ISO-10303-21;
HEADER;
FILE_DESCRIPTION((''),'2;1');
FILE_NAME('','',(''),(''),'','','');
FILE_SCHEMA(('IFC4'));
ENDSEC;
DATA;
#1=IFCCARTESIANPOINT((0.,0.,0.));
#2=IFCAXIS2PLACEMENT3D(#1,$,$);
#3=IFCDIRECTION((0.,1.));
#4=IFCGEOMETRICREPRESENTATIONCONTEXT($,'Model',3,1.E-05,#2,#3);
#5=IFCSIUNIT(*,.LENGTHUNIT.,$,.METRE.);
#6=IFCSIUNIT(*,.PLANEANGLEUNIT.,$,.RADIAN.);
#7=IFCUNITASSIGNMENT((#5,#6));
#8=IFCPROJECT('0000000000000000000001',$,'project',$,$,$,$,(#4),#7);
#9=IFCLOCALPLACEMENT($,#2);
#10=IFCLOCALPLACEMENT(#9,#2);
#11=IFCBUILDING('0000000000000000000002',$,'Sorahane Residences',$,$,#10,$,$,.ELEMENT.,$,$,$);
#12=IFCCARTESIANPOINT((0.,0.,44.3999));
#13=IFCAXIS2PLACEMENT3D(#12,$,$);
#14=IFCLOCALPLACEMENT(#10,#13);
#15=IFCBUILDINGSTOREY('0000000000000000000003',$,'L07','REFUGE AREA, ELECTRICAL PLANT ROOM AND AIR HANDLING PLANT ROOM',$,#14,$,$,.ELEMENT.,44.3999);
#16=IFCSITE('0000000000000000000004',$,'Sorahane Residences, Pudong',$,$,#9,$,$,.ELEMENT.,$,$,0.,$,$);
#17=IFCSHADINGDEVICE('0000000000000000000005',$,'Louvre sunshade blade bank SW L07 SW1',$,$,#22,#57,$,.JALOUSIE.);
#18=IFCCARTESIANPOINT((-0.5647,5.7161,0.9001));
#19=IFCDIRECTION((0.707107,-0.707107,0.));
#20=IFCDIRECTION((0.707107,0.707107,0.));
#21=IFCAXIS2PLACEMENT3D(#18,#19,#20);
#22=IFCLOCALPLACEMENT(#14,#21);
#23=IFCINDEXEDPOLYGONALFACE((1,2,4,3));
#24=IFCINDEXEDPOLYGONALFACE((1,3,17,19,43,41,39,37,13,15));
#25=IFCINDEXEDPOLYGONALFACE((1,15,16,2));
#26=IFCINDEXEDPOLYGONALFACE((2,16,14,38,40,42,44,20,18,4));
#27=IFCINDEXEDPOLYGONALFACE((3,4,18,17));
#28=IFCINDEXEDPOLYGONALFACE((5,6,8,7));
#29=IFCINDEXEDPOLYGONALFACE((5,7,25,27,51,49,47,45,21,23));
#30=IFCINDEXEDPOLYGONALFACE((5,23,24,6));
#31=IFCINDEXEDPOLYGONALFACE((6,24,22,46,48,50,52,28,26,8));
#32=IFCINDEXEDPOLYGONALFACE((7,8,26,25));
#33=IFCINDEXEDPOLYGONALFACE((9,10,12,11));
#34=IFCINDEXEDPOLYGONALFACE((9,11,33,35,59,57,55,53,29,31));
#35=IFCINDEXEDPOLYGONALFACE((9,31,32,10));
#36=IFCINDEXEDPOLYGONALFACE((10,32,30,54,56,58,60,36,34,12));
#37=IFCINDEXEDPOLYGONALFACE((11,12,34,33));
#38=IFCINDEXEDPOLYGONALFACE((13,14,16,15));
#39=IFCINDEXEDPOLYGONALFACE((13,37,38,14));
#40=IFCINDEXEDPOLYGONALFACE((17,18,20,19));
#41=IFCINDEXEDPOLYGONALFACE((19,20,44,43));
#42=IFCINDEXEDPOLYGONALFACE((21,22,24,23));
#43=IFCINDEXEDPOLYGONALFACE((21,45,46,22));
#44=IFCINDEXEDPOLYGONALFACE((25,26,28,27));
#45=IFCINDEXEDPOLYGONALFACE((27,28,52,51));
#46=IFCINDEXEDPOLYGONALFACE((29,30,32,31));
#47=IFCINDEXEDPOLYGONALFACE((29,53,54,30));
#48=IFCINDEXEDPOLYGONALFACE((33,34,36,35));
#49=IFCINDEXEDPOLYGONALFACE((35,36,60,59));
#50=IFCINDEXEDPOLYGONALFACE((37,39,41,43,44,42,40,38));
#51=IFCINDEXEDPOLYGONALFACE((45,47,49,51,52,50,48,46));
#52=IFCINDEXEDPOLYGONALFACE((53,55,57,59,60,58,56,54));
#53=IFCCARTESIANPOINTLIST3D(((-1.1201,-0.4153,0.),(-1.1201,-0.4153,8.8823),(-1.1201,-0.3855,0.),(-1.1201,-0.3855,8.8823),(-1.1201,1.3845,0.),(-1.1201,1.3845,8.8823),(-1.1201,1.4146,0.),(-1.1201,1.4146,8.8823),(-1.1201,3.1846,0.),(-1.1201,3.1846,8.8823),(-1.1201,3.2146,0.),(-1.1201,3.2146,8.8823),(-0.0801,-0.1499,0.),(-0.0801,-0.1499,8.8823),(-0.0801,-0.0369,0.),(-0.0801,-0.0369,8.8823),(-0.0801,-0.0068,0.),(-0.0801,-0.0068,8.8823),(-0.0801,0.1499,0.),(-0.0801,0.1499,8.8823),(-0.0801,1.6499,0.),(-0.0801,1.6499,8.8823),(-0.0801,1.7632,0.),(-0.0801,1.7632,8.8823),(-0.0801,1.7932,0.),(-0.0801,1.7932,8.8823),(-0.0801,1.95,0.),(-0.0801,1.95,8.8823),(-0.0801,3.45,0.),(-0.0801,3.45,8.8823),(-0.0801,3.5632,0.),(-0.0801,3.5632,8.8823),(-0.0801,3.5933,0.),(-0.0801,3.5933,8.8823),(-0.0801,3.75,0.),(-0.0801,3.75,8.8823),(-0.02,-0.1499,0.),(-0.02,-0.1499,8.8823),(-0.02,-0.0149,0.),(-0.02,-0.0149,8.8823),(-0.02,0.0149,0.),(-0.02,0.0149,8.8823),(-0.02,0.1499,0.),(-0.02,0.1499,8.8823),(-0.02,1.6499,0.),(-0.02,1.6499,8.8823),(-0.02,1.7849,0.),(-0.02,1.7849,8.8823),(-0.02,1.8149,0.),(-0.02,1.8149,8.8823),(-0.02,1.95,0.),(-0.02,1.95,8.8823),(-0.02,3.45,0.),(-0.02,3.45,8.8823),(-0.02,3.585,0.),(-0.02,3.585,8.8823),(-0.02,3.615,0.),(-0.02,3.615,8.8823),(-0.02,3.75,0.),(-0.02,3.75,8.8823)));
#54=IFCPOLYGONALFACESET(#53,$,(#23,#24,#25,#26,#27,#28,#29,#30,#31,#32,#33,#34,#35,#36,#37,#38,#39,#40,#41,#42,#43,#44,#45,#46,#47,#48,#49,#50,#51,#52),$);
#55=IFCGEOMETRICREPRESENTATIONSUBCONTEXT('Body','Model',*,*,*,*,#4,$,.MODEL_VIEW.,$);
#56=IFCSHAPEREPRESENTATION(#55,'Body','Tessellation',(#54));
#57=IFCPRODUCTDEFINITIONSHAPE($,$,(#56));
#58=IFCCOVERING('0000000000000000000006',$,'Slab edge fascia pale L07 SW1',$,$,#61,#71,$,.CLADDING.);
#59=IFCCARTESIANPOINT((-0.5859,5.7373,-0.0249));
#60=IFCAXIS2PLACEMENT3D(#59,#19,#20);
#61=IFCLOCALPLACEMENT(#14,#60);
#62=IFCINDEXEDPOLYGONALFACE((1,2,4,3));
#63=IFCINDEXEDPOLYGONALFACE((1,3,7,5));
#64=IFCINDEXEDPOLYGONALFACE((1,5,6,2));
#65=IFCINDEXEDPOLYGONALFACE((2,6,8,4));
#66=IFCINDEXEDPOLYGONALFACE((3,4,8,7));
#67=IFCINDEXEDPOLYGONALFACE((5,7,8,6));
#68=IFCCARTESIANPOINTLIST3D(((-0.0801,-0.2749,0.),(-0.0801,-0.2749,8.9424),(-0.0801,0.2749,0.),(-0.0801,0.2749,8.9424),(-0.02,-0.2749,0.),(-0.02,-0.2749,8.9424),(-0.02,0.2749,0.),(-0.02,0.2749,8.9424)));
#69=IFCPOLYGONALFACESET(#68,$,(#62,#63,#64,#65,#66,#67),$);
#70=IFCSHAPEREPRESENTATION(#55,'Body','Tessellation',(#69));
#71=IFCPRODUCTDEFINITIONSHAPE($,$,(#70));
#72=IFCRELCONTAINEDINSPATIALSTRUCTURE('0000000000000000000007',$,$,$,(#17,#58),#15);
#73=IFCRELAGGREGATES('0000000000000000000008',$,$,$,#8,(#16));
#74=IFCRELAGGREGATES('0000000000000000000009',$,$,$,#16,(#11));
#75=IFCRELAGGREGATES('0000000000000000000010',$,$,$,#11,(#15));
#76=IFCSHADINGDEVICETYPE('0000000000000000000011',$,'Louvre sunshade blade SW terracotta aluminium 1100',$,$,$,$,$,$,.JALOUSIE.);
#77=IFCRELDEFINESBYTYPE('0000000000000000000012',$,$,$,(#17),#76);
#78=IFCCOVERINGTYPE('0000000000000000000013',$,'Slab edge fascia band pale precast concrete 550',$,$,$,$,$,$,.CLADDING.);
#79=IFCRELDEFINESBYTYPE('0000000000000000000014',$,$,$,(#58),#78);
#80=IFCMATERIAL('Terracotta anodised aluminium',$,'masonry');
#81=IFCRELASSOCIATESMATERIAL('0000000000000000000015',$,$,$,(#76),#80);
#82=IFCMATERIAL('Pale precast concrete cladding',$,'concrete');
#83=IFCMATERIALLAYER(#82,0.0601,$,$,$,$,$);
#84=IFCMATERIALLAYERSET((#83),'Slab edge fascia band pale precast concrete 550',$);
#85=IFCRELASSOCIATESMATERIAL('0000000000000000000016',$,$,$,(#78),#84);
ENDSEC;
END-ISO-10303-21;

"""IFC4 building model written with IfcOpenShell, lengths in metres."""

from ifc_helpers import new_model, si_unit, direction, frame, origin, place, context, subcontext, project, spatial, polyline, outline, composite_profile, extrude, material, layer, layer_set, type_object, element, save


model = new_model("IFC4")

# Units and contexts
model_context = context("Model", 3, precision=1e-05, world=origin(), true_north=direction((0.0, 1.0)))
body_context = subcontext(model_context, "Body", "Model", "MODEL_VIEW")
ifc_project = project(units=[si_unit("LENGTHUNIT", "METRE"), si_unit("PLANEANGLEUNIT", "RADIAN")], contexts=[model_context])

# Site, building, storey
site_placement = place(None, origin())
site = spatial("IfcSite", under=ifc_project, at=site_placement, Name="Sorahane Residences, Pudong", CompositionType="ELEMENT", RefElevation=0.0)
building_placement = place(site_placement, origin())
building = spatial("IfcBuilding", under=site, at=building_placement, Name="Sorahane Residences", CompositionType="ELEMENT")
storey_placement = place(building_placement, frame((0.0, 0.0, 44.3999)))
storey = spatial("IfcBuildingStorey", under=building, at=storey_placement, Name="L07", Description="REFUGE AREA, ELECTRICAL PLANT ROOM AND AIR HANDLING PLANT ROOM", CompositionType="ELEMENT", Elevation=44.3999)

# Shading device
ifc_material_1 = material(Name="Terracotta anodised aluminium", Category="masonry")
shading_device_type = type_object("IfcShadingDeviceType", Name="Louvre sunshade blade SW terracotta aluminium 1100", PredefinedType="JALOUSIE", material=ifc_material_1)
shading_device_placement = place(storey_placement, frame((-0.5647, 5.7161, 0.9001), z_axis=(0.707107, -0.707107, 0.0), x_axis=(0.707107, 0.707107, 0.0)))
element("IfcShadingDevice", 1, at=shading_device_placement, inside=storey, type_object=shading_device_type, Name="Louvre sunshade blade bank SW L07 SW1", PredefinedType="JALOUSIE", context=body_context, shape_type="SweptSolid", body=[
    extrude(composite_profile([outline(polyline([(-1.1201, -0.3855), (-1.1201, -0.4153), (-0.0801, -0.0369), (-0.0801, -0.1499), (-0.02, -0.1499), (-0.02, -0.0149), (-0.02, 0.0149), (-0.02, 0.1499), (-0.0801, 0.1499), (-0.0801, -0.0068), (-1.1201, -0.3855)])), outline(polyline([(-1.1201, 1.4146), (-1.1201, 1.3845), (-0.0801, 1.7632), (-0.0801, 1.6499), (-0.02, 1.6499), (-0.02, 1.7849), (-0.02, 1.8149), (-0.02, 1.95), (-0.0801, 1.95), (-0.0801, 1.7932), (-1.1201, 1.4146)])), outline(polyline([(-1.1201, 3.2146), (-1.1201, 3.1846), (-0.0801, 3.5632), (-0.0801, 3.45), (-0.02, 3.45), (-0.02, 3.585), (-0.02, 3.615), (-0.02, 3.75), (-0.0801, 3.75), (-0.0801, 3.5933), (-1.1201, 3.2146)]))]), origin(), (0.0, 0.0, 1.0), 8.8823),
])

# Covering
ifc_material_2 = material(Name="Pale precast concrete cladding", Category="concrete")
ifc_layer_1 = layer(ifc_material_2, 0.0601)
ifc_layer_set_1 = layer_set([ifc_layer_1], Name="Slab edge fascia band pale precast concrete 550")
covering_type_1 = type_object("IfcCoveringType", Name="Slab edge fascia band pale precast concrete 550", PredefinedType="CLADDING", material=ifc_layer_set_1)
covering_1_placement = place(storey_placement, frame((-0.5859, 5.7373, -0.0249), z_axis=(0.707107, -0.707107, 0.0), x_axis=(0.707107, 0.707107, 0.0)))
element("IfcCovering", 2, at=covering_1_placement, inside=storey, type_object=covering_type_1, Name="Slab edge fascia pale L07 SW1", PredefinedType="CLADDING", context=body_context, shape_type="SweptSolid", body=[
    extrude(outline(polyline([(-0.02, 0.2749), (-0.0801, 0.2749), (-0.0801, -0.2749), (-0.02, -0.2749), (-0.02, 0.2749)])), origin(), (0.0, 0.0, 1.0), 8.9424),
])

save(model, "model.ifc")
